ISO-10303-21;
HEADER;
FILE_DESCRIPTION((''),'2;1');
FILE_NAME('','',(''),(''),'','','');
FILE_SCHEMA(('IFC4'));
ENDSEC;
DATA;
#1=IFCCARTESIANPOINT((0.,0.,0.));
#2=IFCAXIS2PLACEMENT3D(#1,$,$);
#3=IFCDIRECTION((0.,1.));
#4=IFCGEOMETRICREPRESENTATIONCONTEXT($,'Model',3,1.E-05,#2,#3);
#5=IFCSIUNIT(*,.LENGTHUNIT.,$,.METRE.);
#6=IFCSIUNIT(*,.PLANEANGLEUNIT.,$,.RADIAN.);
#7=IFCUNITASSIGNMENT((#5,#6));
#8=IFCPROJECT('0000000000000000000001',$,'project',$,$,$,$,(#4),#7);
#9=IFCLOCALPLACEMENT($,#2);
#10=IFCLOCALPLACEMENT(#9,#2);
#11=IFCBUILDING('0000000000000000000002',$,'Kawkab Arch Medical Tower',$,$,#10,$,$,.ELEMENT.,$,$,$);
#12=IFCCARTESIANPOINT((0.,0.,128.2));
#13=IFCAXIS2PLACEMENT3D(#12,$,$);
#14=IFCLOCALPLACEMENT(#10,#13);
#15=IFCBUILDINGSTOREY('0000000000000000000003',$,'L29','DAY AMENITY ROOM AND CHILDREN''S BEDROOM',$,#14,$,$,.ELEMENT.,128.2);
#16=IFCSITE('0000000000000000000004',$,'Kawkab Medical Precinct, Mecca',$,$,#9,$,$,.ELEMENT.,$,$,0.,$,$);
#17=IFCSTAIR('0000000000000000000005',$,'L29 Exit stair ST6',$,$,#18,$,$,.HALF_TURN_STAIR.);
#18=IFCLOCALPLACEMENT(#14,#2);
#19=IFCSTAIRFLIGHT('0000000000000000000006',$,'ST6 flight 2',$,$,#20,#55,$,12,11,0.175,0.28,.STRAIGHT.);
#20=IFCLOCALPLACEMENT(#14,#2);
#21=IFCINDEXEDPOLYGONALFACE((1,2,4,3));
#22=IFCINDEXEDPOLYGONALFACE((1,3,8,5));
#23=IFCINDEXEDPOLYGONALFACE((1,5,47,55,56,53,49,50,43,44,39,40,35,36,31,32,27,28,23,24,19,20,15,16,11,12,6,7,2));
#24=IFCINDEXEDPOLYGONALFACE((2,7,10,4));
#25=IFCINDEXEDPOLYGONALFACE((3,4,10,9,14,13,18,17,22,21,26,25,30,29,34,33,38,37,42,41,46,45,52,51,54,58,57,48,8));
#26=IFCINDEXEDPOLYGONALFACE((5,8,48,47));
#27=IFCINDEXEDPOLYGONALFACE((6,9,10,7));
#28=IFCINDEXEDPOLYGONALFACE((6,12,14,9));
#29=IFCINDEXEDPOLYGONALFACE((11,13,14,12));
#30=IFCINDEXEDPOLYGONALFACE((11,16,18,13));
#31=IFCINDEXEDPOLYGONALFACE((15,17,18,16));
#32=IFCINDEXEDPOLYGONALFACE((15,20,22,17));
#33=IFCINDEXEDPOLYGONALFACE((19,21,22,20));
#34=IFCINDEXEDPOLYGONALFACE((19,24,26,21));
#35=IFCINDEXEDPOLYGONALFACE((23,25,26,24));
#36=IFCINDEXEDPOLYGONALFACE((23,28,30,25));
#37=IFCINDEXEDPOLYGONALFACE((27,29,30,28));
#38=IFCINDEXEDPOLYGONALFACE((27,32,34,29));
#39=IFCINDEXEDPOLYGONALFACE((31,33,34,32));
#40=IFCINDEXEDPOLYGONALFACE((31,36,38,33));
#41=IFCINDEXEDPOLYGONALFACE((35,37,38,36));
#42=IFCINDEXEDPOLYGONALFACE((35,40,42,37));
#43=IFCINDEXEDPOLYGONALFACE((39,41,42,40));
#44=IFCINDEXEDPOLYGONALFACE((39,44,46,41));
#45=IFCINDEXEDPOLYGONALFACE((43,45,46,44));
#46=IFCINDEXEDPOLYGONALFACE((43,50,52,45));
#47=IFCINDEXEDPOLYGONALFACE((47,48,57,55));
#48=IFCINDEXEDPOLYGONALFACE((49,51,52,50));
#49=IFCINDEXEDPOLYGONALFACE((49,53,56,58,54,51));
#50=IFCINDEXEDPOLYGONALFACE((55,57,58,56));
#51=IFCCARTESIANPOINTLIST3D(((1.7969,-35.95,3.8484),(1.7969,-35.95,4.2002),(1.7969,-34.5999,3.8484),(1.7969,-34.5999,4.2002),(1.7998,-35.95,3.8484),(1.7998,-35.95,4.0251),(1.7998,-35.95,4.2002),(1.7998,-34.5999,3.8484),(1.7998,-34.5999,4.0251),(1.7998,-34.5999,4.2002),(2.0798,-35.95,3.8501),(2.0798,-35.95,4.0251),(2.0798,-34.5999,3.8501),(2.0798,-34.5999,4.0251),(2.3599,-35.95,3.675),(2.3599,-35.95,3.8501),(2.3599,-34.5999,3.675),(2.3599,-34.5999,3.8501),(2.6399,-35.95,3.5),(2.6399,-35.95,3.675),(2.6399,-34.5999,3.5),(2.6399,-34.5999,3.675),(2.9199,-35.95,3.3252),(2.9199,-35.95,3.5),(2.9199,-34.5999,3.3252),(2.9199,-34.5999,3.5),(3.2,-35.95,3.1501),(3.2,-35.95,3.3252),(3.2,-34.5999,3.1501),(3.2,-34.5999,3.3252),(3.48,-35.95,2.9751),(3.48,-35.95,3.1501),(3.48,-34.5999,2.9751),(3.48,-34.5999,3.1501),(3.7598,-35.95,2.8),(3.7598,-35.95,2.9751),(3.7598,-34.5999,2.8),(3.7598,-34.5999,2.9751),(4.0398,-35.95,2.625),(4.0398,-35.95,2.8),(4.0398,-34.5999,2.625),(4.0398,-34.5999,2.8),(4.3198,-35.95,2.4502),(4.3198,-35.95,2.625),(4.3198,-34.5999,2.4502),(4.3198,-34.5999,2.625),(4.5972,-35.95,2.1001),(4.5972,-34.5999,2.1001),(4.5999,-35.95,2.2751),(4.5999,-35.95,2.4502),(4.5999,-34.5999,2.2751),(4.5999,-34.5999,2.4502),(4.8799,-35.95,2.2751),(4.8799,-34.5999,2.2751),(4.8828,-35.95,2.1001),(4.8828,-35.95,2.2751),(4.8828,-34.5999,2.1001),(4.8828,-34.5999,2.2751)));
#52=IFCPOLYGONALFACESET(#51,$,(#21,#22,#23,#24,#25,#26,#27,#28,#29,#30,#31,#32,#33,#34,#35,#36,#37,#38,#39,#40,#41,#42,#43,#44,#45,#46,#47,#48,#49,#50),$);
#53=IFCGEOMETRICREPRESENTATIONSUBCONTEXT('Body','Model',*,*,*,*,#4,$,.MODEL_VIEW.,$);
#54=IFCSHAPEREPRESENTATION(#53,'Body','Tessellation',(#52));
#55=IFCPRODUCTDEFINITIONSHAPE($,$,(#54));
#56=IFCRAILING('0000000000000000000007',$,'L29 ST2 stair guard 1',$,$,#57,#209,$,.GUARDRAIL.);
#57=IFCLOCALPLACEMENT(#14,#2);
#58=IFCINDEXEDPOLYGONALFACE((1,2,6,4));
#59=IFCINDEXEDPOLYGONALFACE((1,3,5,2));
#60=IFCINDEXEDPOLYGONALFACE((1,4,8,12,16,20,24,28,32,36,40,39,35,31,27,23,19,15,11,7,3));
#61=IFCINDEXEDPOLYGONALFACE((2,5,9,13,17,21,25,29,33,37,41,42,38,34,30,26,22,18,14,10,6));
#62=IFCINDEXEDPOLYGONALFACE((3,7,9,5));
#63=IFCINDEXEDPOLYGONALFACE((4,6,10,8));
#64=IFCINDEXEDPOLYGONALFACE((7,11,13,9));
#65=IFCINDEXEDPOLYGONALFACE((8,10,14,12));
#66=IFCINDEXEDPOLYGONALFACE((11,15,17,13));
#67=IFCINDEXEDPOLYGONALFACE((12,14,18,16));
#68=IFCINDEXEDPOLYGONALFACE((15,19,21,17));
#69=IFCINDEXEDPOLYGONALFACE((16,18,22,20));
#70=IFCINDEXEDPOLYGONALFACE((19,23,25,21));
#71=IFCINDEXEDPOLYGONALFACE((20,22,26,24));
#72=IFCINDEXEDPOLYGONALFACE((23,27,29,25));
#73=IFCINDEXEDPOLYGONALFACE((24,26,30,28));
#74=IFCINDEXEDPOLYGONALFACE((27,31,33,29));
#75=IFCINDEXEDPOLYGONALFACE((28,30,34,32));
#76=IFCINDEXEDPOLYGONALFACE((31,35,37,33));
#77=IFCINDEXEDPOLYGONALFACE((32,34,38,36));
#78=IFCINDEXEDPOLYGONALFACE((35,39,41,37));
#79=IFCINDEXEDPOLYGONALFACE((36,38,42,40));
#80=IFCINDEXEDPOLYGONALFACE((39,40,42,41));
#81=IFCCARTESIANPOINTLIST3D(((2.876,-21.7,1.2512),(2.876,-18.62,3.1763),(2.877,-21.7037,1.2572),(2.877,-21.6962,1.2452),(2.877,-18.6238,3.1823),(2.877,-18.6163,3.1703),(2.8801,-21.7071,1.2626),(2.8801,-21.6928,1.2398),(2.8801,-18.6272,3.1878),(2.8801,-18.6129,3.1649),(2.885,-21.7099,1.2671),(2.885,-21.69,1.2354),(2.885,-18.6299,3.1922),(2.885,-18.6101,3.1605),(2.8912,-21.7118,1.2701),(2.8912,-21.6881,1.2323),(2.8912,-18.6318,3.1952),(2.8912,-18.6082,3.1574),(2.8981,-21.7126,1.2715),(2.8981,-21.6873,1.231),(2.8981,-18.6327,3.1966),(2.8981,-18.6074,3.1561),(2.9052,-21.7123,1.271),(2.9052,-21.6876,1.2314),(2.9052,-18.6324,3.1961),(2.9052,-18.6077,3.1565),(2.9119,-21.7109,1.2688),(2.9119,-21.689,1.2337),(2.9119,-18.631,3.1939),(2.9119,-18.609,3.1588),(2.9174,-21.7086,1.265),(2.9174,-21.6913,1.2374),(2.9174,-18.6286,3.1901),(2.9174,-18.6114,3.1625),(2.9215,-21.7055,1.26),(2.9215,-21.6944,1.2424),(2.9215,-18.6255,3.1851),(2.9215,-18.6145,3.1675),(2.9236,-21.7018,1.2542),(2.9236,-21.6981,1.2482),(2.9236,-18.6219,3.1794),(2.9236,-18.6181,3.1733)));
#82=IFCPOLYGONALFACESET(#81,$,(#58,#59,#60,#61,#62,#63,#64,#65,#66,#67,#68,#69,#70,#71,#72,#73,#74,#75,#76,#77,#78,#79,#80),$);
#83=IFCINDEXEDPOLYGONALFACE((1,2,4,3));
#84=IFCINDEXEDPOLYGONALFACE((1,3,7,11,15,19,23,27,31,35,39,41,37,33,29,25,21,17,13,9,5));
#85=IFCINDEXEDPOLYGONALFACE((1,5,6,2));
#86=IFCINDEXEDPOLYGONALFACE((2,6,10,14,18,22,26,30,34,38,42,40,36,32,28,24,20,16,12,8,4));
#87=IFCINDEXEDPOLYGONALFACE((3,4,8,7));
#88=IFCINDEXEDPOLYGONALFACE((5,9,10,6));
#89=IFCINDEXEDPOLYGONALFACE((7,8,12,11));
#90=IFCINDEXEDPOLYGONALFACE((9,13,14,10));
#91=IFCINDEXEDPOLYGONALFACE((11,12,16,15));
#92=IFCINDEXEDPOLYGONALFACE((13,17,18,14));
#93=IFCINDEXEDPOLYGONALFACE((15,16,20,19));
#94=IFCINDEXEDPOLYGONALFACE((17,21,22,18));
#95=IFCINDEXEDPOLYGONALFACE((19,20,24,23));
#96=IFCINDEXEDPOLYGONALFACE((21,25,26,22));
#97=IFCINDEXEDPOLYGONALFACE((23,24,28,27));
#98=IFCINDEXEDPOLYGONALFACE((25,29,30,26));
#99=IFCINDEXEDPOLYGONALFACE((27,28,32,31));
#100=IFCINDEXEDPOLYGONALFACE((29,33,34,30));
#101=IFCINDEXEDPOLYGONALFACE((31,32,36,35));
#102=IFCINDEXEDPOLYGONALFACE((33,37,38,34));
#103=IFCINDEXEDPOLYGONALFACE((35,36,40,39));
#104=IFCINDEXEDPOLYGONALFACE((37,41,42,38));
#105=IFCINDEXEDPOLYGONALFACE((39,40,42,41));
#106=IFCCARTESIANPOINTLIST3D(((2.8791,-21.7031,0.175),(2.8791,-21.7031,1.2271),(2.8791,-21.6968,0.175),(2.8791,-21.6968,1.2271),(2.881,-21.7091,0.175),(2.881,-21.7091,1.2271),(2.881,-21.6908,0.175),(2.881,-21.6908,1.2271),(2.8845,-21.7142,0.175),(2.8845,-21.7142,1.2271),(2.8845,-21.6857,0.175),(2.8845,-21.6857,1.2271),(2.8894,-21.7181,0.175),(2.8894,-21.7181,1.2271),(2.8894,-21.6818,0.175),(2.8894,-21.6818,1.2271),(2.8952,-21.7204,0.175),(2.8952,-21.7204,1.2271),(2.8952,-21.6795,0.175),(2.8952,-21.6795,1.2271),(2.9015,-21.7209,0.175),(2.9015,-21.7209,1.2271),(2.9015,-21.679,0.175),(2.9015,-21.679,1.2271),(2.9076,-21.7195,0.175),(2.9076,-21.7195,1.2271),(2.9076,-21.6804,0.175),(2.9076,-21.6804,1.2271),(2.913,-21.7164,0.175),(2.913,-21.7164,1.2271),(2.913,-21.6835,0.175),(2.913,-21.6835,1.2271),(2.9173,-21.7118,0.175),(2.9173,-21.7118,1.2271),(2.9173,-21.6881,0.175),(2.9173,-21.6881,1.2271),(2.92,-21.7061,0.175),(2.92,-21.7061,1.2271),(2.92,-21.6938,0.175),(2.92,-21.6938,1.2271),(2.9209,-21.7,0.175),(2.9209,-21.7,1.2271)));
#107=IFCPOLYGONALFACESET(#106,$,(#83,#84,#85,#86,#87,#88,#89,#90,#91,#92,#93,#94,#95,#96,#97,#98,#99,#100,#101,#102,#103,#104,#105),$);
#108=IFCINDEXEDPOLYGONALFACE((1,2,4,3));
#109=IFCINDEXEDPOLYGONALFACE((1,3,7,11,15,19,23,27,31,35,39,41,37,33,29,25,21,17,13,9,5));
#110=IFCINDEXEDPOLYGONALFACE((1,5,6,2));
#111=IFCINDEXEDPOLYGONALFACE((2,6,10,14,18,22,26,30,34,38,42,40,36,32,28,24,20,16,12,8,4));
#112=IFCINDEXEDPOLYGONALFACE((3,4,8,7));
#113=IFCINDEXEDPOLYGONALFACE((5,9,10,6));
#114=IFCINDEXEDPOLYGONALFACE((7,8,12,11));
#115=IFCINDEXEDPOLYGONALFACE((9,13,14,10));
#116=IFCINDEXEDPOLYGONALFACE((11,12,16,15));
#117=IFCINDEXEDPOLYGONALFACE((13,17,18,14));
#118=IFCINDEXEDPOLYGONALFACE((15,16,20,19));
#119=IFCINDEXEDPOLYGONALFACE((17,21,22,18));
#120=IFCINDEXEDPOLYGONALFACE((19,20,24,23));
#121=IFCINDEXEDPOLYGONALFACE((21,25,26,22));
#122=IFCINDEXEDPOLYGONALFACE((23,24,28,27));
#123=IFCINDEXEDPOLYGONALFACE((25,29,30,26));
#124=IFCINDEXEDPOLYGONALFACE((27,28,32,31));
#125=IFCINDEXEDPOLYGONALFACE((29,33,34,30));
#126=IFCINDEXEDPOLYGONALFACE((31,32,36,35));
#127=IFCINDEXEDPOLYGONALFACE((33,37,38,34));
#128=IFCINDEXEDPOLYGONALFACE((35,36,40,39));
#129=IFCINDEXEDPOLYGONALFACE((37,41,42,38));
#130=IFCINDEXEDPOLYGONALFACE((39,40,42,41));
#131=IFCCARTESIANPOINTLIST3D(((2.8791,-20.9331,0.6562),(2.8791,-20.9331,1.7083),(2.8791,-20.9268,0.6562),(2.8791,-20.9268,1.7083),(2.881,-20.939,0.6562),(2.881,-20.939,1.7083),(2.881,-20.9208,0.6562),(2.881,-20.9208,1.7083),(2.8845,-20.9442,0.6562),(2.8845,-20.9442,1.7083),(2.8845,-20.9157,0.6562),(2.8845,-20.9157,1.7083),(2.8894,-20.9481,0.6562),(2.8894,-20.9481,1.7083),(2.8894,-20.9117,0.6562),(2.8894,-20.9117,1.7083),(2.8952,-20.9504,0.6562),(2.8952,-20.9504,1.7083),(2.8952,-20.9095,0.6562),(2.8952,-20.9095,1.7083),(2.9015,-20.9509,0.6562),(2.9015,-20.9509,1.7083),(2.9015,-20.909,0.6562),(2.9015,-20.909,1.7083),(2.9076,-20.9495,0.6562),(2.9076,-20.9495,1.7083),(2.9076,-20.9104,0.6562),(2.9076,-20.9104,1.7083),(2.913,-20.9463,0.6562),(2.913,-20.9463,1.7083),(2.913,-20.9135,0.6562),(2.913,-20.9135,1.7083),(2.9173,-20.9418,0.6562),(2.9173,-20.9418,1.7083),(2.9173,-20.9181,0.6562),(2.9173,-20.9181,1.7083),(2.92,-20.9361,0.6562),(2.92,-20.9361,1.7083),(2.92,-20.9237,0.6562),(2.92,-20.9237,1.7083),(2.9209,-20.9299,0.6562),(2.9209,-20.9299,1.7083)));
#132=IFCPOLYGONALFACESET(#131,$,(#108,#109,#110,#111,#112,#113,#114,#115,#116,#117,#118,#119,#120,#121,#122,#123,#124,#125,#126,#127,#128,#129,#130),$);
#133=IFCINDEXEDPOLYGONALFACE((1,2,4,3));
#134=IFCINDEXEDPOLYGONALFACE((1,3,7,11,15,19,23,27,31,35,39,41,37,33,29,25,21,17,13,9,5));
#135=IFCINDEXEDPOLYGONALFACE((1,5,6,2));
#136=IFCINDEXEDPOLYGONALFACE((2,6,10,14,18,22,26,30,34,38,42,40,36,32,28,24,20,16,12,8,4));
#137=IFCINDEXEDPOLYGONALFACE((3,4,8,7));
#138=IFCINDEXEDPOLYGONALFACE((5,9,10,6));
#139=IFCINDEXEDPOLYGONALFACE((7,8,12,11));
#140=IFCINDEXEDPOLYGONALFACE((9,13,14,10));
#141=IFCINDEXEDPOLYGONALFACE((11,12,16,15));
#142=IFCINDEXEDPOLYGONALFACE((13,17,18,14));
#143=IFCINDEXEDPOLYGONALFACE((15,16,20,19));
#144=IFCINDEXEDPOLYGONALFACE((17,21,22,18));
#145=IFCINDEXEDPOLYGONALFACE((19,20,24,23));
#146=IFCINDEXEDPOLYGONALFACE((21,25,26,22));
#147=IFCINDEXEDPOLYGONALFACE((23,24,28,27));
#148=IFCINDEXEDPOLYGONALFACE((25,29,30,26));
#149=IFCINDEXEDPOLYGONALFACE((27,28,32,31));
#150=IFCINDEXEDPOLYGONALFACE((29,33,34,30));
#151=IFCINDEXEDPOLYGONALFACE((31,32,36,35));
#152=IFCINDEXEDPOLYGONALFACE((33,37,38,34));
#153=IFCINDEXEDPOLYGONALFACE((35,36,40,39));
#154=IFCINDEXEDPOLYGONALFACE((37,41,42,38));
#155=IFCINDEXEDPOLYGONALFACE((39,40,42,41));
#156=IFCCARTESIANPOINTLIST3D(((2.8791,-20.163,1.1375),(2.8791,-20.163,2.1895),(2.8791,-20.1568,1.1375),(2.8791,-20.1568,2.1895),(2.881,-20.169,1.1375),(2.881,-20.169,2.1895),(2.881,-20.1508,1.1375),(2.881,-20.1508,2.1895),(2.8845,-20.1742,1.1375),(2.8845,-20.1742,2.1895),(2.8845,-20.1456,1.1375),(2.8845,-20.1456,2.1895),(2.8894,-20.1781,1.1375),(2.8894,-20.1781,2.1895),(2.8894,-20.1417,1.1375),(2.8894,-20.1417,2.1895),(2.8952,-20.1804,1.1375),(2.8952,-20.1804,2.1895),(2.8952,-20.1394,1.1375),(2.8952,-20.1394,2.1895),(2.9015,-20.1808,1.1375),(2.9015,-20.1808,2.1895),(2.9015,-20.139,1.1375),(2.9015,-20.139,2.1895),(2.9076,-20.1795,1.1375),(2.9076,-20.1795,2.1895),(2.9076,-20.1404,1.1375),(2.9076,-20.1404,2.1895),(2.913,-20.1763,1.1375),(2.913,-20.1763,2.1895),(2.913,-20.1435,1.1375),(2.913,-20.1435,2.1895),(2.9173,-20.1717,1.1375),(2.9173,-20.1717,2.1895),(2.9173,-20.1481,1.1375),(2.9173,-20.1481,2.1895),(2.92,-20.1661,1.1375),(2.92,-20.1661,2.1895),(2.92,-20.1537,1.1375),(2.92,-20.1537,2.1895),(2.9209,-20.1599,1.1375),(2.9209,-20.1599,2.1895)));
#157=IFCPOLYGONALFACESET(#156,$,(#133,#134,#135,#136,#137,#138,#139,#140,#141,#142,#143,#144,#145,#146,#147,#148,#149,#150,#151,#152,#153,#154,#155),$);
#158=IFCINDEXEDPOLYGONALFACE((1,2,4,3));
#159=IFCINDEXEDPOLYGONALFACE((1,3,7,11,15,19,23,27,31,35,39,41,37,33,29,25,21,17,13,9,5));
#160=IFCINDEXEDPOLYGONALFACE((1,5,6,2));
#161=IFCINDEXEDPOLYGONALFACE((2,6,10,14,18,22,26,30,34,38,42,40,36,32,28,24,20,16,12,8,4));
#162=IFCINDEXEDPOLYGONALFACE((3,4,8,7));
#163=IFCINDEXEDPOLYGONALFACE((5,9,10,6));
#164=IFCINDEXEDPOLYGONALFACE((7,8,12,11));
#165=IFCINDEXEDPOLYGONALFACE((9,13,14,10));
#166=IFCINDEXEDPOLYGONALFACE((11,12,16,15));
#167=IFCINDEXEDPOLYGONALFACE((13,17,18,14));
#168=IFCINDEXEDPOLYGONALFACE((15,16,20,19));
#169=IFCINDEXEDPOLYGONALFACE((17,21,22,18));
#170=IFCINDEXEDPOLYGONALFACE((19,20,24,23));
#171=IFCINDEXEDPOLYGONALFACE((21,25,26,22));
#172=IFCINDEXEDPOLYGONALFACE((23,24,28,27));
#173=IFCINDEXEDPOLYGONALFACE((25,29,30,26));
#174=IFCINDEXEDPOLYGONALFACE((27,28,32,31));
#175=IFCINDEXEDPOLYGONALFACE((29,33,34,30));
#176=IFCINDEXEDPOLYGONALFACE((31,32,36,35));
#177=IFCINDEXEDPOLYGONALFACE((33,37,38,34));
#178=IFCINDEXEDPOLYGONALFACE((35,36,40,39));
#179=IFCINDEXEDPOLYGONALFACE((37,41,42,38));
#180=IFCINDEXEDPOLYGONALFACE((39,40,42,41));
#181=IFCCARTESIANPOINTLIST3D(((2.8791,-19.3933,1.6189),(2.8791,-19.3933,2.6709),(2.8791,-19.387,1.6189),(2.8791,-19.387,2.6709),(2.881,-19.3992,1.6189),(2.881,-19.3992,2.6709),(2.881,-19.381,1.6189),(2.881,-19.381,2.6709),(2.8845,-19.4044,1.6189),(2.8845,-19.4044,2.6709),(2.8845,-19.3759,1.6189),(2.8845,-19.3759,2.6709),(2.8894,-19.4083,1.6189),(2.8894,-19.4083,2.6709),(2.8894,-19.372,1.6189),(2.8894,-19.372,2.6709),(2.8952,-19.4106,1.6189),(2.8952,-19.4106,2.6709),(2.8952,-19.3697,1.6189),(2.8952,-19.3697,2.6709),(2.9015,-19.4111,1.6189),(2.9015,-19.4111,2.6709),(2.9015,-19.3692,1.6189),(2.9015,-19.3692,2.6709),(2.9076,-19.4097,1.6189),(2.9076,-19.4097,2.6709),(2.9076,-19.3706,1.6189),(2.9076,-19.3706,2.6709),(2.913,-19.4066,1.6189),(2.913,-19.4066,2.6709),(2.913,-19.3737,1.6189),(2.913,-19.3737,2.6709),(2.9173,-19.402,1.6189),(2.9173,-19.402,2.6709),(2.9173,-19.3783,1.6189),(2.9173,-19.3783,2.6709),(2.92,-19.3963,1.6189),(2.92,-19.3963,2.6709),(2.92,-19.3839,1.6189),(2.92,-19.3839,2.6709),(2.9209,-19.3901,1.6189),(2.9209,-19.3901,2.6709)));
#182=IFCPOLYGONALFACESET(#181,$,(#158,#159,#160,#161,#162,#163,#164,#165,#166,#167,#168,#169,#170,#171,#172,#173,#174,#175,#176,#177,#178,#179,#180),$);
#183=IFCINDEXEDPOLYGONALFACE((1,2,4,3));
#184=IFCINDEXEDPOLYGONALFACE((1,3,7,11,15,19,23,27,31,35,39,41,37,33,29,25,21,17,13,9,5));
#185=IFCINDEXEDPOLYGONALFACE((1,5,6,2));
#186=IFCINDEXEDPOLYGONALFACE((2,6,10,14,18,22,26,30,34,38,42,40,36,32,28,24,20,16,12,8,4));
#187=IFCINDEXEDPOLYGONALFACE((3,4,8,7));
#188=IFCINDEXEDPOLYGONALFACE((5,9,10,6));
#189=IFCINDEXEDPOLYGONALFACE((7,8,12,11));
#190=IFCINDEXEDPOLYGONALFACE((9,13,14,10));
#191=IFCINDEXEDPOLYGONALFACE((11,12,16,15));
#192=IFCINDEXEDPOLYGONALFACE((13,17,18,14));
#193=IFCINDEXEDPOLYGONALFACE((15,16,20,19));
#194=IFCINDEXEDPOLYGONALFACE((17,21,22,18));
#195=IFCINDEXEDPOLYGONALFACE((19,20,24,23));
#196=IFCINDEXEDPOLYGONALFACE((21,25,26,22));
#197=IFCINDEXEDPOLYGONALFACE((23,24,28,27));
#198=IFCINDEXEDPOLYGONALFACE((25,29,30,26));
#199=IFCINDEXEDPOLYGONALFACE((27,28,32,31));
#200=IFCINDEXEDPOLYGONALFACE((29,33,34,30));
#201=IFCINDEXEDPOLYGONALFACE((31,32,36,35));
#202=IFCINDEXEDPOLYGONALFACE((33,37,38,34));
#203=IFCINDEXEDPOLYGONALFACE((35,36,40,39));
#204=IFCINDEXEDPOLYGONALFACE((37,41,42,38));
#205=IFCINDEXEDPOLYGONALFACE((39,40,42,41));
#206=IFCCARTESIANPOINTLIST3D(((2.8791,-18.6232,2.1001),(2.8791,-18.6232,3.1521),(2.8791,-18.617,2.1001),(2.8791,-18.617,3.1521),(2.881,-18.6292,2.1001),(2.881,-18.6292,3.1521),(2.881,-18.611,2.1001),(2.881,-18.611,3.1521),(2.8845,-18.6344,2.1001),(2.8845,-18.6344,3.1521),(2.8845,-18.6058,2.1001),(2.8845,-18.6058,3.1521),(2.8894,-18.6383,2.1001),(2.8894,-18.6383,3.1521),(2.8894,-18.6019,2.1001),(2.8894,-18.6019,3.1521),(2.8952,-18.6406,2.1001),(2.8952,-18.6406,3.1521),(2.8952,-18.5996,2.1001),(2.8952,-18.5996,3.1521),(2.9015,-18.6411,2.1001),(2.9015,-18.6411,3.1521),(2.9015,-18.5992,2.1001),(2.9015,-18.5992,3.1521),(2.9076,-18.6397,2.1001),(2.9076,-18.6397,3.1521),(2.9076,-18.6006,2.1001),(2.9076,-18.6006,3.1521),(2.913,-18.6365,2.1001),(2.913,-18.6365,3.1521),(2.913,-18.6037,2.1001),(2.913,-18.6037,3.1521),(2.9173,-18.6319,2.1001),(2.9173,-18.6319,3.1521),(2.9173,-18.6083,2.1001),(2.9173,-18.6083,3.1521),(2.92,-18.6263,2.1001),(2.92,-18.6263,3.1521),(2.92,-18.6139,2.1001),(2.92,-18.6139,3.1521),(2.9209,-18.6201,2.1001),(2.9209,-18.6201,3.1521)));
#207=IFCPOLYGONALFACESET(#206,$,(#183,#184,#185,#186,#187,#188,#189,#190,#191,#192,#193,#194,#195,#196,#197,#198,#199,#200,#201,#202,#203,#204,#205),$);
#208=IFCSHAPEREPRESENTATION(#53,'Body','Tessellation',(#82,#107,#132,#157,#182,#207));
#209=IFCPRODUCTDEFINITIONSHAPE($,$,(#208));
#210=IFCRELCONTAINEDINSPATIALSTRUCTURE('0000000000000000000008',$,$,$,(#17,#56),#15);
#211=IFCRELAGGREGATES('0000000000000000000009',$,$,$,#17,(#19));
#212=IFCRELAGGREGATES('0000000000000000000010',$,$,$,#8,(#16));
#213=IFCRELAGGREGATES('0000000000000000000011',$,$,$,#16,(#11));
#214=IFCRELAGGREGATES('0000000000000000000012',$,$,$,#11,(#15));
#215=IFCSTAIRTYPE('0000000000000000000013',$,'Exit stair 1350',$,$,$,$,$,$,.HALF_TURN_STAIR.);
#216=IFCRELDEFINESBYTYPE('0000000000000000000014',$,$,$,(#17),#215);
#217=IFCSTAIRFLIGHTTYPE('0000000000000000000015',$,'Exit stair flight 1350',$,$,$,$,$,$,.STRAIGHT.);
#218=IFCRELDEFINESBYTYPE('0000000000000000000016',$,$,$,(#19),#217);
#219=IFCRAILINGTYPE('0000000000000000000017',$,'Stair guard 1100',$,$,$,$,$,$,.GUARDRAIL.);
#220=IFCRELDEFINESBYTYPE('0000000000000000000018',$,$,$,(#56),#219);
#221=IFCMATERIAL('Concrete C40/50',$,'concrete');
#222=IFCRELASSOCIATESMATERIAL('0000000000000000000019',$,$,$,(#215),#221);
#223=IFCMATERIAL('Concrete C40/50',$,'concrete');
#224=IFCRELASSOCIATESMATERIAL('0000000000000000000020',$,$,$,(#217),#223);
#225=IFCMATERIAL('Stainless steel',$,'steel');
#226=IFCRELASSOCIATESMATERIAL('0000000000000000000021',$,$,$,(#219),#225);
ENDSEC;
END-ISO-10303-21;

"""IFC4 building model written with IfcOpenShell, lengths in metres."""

from ifc_helpers import new_model, si_unit, direction, frame, origin, origin_2d, place, context, subcontext, project, spatial, polyline, circle, outline, extrude, material, type_object, element, aggregate, save


model = new_model("IFC4")

# Units and contexts
model_context = context("Model", 3, precision=1e-05, world=origin(), true_north=direction((0.0, 1.0)))
body_context = subcontext(model_context, "Body", "Model", "MODEL_VIEW")
ifc_project = project(units=[si_unit("LENGTHUNIT", "METRE"), si_unit("PLANEANGLEUNIT", "RADIAN")], contexts=[model_context])

# Site, building, storey
site_placement = place(None, origin())
site = spatial("IfcSite", under=ifc_project, at=site_placement, Name="Kawkab Medical Precinct, Mecca", CompositionType="ELEMENT", RefElevation=0.0)
building_placement = place(site_placement, origin())
building = spatial("IfcBuilding", under=site, at=building_placement, Name="Kawkab Arch Medical Tower", CompositionType="ELEMENT")
storey_placement = place(building_placement, frame((0.0, 0.0, 128.2)))
storey = spatial("IfcBuildingStorey", under=building, at=storey_placement, Name="L29", Description="DAY AMENITY ROOM AND CHILDREN'S BEDROOM", CompositionType="ELEMENT", Elevation=128.2)

# Stair, stair flight
ifc_material_1 = material(Name="Concrete C40/50", Category="concrete")
stair_type = type_object("IfcStairType", Name="Exit stair 1350", PredefinedType="HALF_TURN_STAIR", material=ifc_material_1)
placement = place(storey_placement, origin())
ifc_material_2 = material(Name="Concrete C40/50", Category="concrete")
stair_flight_type = type_object("IfcStairFlightType", Name="Exit stair flight 1350", PredefinedType="STRAIGHT", material=ifc_material_2)
stair_1 = element("IfcStair", 1, at=placement, inside=storey, type_object=stair_type, Name="L29 Exit stair ST6", PredefinedType="HALF_TURN_STAIR")
stair_flight_1_placement = place(storey_placement, frame((4.8799, -35.2749, 2.1001), z_axis=(0.0, 0.0, 1.0), x_axis=(-1.0, 0.0, 0.0)))
stair_flight_1 = element("IfcStairFlight", 2, at=stair_flight_1_placement, type_object=stair_flight_type, Name="ST6 flight 2", NumberOfRisers=12, NumberOfTreads=11, PredefinedType="STRAIGHT", RiserHeight=0.175, TreadLength=0.28, context=body_context, shape_type="SweptSolid", body=[
    extrude(outline(polyline([(-0.0029, 0.0), (-0.0029, 0.175), (0.0, 0.175), (0.28, 0.175), (0.28, 0.3501), (0.5601, 0.3501), (0.5601, 0.5249), (0.8401, 0.5249), (0.8401, 0.7), (1.1201, 0.7), (1.1201, 0.875), (1.3999, 0.875), (1.3999, 1.05), (1.6799, 1.05), (1.6799, 1.2251), (1.96, 1.2251), (1.96, 1.3999), (2.24, 1.3999), (2.24, 1.575), (2.52, 1.575), (2.52, 1.75), (2.8, 1.75), (2.8, 1.925), (3.0801, 1.925), (3.0801, 2.1001), (3.083, 2.1001), (3.083, 1.7483), (3.0801, 1.7483), (0.2827, 0.0), (-0.0029, 0.0)])), frame((0.0, 0.675, 0.0), z_axis=(0.0, -1.0, 0.0), x_axis=(1.0, 0.0, 0.0)), (0.0, 0.0, 1.0), 1.3501),
])
aggregate(stair_1, [stair_flight_1])

# Railing
ifc_material_3 = material(Name="Stainless steel", Category="steel")
railing_type = type_object("IfcRailingType", Name="Stair guard 1100", PredefinedType="GUARDRAIL", material=ifc_material_3)
railing_1_placement = place(storey_placement, frame((2.8999, -21.7, 0.175)))
element("IfcRailing", 3, at=railing_1_placement, inside=storey, type_object=railing_type, Name="L29 ST2 stair guard 1", PredefinedType="GUARDRAIL", context=body_context, shape_type="SweptSolid", body=[
    extrude(circle(Radius=0.0239, at=origin_2d()), frame((0.0, 0.0, 1.0762), z_axis=(0.0, 0.847979, 0.530029), x_axis=(-1.0, 0.0, 0.0)), (0.0, 0.0, 1.0), 3.6321),
    extrude(circle(Radius=0.021, at=origin_2d()), origin(), (0.0, 0.0, 1.0), 1.052),
    extrude(circle(Radius=0.021, at=origin_2d()), frame((0.0, 0.77, 0.4812)), (0.0, 0.0, 1.0), 1.052),
    extrude(circle(Radius=0.021, at=origin_2d()), frame((0.0, 1.54, 0.9624)), (0.0, 0.0, 1.0), 1.052),
    extrude(circle(Radius=0.021, at=origin_2d()), frame((0.0, 2.3098, 1.4438)), (0.0, 0.0, 1.0), 1.052),
    extrude(circle(Radius=0.021, at=origin_2d()), frame((0.0, 3.0798, 1.925)), (0.0, 0.0, 1.0), 1.052),
])

save(model, "model.ifc")
